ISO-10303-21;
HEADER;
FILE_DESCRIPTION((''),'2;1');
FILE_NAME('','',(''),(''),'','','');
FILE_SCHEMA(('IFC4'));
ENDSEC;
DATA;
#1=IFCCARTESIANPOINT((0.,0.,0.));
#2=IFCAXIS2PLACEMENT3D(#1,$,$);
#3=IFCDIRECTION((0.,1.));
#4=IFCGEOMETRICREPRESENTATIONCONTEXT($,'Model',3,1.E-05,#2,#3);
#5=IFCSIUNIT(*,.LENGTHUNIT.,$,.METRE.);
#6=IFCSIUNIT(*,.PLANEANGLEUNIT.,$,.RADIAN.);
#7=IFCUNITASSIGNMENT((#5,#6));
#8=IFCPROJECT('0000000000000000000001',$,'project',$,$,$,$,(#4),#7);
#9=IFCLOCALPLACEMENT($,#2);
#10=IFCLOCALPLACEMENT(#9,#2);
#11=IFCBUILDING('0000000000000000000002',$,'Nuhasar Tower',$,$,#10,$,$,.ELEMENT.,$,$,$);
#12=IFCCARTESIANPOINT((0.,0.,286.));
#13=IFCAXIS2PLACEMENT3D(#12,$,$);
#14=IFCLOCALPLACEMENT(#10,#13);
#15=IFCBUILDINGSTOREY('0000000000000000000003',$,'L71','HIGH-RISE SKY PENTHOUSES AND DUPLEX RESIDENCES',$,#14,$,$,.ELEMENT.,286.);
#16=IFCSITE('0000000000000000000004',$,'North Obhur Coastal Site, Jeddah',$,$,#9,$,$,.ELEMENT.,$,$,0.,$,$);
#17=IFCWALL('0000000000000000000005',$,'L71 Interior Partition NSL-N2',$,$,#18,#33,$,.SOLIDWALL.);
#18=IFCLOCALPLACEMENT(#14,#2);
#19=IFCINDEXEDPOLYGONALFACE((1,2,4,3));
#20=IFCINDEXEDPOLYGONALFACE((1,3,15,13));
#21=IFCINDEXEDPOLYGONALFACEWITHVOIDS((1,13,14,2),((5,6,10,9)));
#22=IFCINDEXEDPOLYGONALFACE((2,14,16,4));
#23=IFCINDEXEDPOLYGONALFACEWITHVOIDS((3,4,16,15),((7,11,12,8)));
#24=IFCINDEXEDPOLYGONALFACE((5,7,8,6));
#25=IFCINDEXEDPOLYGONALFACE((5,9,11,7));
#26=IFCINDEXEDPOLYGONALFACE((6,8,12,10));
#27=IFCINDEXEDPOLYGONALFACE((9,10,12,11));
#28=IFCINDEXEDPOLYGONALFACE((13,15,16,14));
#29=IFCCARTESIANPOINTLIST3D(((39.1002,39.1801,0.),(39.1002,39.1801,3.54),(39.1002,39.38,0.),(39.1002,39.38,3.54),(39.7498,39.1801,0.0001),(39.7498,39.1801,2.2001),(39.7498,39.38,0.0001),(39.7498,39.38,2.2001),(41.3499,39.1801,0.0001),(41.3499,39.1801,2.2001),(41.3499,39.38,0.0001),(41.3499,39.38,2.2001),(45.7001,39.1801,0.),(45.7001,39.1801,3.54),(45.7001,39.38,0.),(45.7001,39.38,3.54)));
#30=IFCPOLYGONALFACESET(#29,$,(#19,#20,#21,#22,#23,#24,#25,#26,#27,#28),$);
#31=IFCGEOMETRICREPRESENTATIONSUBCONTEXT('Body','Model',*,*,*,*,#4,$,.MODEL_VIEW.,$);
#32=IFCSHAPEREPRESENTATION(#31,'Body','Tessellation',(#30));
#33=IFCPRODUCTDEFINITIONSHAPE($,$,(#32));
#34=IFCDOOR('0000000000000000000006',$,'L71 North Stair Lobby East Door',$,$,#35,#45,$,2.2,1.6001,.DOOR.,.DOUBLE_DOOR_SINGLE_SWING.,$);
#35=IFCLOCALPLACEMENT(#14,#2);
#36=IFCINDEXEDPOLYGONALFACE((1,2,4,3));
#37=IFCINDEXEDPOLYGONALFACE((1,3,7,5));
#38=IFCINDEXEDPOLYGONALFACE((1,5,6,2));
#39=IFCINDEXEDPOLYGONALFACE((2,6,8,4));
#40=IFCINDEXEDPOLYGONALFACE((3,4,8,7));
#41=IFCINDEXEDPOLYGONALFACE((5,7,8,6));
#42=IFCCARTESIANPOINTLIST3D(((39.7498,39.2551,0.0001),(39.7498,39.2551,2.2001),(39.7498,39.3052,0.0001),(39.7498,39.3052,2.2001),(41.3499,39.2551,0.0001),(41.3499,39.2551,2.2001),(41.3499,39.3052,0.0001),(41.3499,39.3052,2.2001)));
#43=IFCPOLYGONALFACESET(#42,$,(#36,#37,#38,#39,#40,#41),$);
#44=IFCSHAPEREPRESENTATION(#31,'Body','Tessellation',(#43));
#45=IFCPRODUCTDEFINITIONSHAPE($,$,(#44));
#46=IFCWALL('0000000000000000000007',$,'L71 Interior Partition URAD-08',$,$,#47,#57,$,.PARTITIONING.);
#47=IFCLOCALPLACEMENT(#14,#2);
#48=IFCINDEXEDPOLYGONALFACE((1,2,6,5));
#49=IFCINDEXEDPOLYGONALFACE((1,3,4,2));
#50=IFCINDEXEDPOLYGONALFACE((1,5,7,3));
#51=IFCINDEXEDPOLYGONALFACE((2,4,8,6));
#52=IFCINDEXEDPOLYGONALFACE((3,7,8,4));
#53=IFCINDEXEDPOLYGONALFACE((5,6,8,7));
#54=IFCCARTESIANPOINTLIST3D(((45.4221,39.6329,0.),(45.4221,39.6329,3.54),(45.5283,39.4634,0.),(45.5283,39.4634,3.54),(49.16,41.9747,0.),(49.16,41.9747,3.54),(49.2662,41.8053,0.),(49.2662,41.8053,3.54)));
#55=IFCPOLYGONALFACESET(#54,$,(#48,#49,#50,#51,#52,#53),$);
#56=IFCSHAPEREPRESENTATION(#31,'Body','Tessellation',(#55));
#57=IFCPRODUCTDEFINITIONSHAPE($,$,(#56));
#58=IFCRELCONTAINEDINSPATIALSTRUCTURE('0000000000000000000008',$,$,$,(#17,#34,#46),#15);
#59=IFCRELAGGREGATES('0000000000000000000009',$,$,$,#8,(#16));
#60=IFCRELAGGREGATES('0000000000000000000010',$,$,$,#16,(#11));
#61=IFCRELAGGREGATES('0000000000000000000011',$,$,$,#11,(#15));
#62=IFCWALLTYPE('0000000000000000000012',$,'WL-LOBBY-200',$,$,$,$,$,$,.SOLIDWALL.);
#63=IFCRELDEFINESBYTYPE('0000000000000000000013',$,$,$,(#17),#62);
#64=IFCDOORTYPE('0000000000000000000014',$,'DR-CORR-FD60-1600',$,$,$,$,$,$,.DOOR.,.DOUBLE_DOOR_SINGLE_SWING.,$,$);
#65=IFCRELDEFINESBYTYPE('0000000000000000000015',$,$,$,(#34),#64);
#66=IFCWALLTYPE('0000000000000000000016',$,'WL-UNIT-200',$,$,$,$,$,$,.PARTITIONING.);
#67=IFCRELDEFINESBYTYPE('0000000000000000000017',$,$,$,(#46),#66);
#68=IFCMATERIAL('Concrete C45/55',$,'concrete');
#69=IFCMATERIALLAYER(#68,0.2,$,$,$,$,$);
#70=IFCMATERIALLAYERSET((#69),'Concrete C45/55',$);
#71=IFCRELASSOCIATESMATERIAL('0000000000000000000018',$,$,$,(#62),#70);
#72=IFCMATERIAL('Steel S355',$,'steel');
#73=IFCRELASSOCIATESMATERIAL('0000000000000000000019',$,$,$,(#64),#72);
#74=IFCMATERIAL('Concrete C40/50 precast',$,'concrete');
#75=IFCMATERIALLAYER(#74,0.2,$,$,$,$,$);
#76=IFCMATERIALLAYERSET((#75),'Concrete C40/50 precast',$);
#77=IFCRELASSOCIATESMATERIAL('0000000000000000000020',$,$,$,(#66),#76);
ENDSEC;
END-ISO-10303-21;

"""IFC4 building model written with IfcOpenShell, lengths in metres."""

from ifc_helpers import new_model, si_unit, direction, frame, frame_2d, origin, place, context, subcontext, project, spatial, rectangle, extrude, material, layer, layer_set, type_object, element, fill, save


model = new_model("IFC4")

# Units and contexts
model_context = context("Model", 3, precision=1e-05, world=origin(), true_north=direction((0.0, 1.0)))
body_context = subcontext(model_context, "Body", "Model", "MODEL_VIEW")
ifc_project = project(units=[si_unit("LENGTHUNIT", "METRE"), si_unit("PLANEANGLEUNIT", "RADIAN")], contexts=[model_context])

# Site, building, storey
site_placement = place(None, origin())
site = spatial("IfcSite", under=ifc_project, at=site_placement, Name="North Obhur Coastal Site, Jeddah", CompositionType="ELEMENT", RefElevation=0.0)
building_placement = place(site_placement, origin())
building = spatial("IfcBuilding", under=site, at=building_placement, Name="Nuhasar Tower", CompositionType="ELEMENT")
storey_placement = place(building_placement, frame((0.0, 0.0, 286.0)))
storey = spatial("IfcBuildingStorey", under=building, at=storey_placement, Name="L71", Description="HIGH-RISE SKY PENTHOUSES AND DUPLEX RESIDENCES", CompositionType="ELEMENT", Elevation=286.0)

# Shared definitions
ifc_material_1 = material(Name="Steel S355", Category="steel")

# Shared definitions
ifc_material_2 = material(Name="Concrete C45/55", Category="concrete")
ifc_layer_1 = layer(ifc_material_2, 0.2)
ifc_layer_set_1 = layer_set([ifc_layer_1], Name="Concrete C45/55")
wall_type_1 = type_object("IfcWallType", Name="WL-LOBBY-200", PredefinedType="SOLIDWALL", material=ifc_layer_set_1)

# Wall, opening, door
wall_1_placement = place(storey_placement, frame((45.7, 39.28, 0.0), z_axis=(0.0, 0.0, 1.0), x_axis=(-1.0, 0.0, 0.0)))
wall_1 = element("IfcWall", 1, at=wall_1_placement, inside=storey, type_object=wall_type_1, Name="L71 Interior Partition NSL-N2", PredefinedType="SOLIDWALL", context=body_context, shape_type="SweptSolid", body=[
    extrude(rectangle(XDim=6.5999, YDim=0.2, at=frame_2d((3.2998, 0.0))), origin(), (0.0, 0.0, 1.0), 3.54),
])
opening_1_placement = place(wall_1_placement, frame((4.3501, 0.0, 0.0)))
opening_1 = element("IfcOpeningElement", 2, at=opening_1_placement, cuts=wall_1, PredefinedType="OPENING", context=body_context, shape_type="SweptSolid", body=[
    extrude(rectangle(XDim=1.6001, YDim=2.2, at=frame_2d((0.8, 1.1001))), frame((0.0, 0.1099, 0.0), z_axis=(0.0, -1.0, 0.0), x_axis=(1.0, 0.0, 0.0)), (0.0, 0.0, 1.0), 0.22),
])
door_type_1 = type_object("IfcDoorType", Name="DR-CORR-FD60-1600", OperationType="DOUBLE_DOOR_SINGLE_SWING", PredefinedType="DOOR", material=ifc_material_1)
door_1_placement = place(opening_1_placement, origin())
door_1 = element("IfcDoor", 3, at=door_1_placement, inside=storey, type_object=door_type_1, Name="L71 North Stair Lobby East Door", OperationType="DOUBLE_DOOR_SINGLE_SWING", OverallHeight=2.2, OverallWidth=1.6001, PredefinedType="DOOR", context=body_context, shape_type="SweptSolid", body=[
    extrude(rectangle(XDim=1.6001, YDim=2.2, at=frame_2d((0.8, 1.1001))), frame((0.0, 0.0249, 0.0), z_axis=(0.0, -1.0, 0.0), x_axis=(1.0, 0.0, 0.0)), (0.0, 0.0, 1.0), 0.05),
])
fill(opening_1, door_1)

# Wall
ifc_material_3 = material(Name="Concrete C40/50 precast", Category="concrete")
ifc_layer_2 = layer(ifc_material_3, 0.2)
ifc_layer_set_2 = layer_set([ifc_layer_2], Name="Concrete C40/50 precast")
wall_type_2 = type_object("IfcWallType", Name="WL-UNIT-200", PredefinedType="PARTITIONING", material=ifc_layer_set_2)
wall_2_placement = place(storey_placement, frame((45.4751, 39.5481, 0.0), z_axis=(0.0, 0.0, 1.0), x_axis=(0.847419, 0.530924, 0.0)))
element("IfcWall", 4, at=wall_2_placement, inside=storey, type_object=wall_type_2, Name="L71 Interior Partition URAD-08", PredefinedType="PARTITIONING", context=body_context, shape_type="SweptSolid", body=[
    extrude(rectangle(XDim=4.4109, YDim=0.2, at=frame_2d((2.2056, 0.0))), origin(), (0.0, 0.0, 1.0), 3.54),
])

save(model, "model.ifc")
